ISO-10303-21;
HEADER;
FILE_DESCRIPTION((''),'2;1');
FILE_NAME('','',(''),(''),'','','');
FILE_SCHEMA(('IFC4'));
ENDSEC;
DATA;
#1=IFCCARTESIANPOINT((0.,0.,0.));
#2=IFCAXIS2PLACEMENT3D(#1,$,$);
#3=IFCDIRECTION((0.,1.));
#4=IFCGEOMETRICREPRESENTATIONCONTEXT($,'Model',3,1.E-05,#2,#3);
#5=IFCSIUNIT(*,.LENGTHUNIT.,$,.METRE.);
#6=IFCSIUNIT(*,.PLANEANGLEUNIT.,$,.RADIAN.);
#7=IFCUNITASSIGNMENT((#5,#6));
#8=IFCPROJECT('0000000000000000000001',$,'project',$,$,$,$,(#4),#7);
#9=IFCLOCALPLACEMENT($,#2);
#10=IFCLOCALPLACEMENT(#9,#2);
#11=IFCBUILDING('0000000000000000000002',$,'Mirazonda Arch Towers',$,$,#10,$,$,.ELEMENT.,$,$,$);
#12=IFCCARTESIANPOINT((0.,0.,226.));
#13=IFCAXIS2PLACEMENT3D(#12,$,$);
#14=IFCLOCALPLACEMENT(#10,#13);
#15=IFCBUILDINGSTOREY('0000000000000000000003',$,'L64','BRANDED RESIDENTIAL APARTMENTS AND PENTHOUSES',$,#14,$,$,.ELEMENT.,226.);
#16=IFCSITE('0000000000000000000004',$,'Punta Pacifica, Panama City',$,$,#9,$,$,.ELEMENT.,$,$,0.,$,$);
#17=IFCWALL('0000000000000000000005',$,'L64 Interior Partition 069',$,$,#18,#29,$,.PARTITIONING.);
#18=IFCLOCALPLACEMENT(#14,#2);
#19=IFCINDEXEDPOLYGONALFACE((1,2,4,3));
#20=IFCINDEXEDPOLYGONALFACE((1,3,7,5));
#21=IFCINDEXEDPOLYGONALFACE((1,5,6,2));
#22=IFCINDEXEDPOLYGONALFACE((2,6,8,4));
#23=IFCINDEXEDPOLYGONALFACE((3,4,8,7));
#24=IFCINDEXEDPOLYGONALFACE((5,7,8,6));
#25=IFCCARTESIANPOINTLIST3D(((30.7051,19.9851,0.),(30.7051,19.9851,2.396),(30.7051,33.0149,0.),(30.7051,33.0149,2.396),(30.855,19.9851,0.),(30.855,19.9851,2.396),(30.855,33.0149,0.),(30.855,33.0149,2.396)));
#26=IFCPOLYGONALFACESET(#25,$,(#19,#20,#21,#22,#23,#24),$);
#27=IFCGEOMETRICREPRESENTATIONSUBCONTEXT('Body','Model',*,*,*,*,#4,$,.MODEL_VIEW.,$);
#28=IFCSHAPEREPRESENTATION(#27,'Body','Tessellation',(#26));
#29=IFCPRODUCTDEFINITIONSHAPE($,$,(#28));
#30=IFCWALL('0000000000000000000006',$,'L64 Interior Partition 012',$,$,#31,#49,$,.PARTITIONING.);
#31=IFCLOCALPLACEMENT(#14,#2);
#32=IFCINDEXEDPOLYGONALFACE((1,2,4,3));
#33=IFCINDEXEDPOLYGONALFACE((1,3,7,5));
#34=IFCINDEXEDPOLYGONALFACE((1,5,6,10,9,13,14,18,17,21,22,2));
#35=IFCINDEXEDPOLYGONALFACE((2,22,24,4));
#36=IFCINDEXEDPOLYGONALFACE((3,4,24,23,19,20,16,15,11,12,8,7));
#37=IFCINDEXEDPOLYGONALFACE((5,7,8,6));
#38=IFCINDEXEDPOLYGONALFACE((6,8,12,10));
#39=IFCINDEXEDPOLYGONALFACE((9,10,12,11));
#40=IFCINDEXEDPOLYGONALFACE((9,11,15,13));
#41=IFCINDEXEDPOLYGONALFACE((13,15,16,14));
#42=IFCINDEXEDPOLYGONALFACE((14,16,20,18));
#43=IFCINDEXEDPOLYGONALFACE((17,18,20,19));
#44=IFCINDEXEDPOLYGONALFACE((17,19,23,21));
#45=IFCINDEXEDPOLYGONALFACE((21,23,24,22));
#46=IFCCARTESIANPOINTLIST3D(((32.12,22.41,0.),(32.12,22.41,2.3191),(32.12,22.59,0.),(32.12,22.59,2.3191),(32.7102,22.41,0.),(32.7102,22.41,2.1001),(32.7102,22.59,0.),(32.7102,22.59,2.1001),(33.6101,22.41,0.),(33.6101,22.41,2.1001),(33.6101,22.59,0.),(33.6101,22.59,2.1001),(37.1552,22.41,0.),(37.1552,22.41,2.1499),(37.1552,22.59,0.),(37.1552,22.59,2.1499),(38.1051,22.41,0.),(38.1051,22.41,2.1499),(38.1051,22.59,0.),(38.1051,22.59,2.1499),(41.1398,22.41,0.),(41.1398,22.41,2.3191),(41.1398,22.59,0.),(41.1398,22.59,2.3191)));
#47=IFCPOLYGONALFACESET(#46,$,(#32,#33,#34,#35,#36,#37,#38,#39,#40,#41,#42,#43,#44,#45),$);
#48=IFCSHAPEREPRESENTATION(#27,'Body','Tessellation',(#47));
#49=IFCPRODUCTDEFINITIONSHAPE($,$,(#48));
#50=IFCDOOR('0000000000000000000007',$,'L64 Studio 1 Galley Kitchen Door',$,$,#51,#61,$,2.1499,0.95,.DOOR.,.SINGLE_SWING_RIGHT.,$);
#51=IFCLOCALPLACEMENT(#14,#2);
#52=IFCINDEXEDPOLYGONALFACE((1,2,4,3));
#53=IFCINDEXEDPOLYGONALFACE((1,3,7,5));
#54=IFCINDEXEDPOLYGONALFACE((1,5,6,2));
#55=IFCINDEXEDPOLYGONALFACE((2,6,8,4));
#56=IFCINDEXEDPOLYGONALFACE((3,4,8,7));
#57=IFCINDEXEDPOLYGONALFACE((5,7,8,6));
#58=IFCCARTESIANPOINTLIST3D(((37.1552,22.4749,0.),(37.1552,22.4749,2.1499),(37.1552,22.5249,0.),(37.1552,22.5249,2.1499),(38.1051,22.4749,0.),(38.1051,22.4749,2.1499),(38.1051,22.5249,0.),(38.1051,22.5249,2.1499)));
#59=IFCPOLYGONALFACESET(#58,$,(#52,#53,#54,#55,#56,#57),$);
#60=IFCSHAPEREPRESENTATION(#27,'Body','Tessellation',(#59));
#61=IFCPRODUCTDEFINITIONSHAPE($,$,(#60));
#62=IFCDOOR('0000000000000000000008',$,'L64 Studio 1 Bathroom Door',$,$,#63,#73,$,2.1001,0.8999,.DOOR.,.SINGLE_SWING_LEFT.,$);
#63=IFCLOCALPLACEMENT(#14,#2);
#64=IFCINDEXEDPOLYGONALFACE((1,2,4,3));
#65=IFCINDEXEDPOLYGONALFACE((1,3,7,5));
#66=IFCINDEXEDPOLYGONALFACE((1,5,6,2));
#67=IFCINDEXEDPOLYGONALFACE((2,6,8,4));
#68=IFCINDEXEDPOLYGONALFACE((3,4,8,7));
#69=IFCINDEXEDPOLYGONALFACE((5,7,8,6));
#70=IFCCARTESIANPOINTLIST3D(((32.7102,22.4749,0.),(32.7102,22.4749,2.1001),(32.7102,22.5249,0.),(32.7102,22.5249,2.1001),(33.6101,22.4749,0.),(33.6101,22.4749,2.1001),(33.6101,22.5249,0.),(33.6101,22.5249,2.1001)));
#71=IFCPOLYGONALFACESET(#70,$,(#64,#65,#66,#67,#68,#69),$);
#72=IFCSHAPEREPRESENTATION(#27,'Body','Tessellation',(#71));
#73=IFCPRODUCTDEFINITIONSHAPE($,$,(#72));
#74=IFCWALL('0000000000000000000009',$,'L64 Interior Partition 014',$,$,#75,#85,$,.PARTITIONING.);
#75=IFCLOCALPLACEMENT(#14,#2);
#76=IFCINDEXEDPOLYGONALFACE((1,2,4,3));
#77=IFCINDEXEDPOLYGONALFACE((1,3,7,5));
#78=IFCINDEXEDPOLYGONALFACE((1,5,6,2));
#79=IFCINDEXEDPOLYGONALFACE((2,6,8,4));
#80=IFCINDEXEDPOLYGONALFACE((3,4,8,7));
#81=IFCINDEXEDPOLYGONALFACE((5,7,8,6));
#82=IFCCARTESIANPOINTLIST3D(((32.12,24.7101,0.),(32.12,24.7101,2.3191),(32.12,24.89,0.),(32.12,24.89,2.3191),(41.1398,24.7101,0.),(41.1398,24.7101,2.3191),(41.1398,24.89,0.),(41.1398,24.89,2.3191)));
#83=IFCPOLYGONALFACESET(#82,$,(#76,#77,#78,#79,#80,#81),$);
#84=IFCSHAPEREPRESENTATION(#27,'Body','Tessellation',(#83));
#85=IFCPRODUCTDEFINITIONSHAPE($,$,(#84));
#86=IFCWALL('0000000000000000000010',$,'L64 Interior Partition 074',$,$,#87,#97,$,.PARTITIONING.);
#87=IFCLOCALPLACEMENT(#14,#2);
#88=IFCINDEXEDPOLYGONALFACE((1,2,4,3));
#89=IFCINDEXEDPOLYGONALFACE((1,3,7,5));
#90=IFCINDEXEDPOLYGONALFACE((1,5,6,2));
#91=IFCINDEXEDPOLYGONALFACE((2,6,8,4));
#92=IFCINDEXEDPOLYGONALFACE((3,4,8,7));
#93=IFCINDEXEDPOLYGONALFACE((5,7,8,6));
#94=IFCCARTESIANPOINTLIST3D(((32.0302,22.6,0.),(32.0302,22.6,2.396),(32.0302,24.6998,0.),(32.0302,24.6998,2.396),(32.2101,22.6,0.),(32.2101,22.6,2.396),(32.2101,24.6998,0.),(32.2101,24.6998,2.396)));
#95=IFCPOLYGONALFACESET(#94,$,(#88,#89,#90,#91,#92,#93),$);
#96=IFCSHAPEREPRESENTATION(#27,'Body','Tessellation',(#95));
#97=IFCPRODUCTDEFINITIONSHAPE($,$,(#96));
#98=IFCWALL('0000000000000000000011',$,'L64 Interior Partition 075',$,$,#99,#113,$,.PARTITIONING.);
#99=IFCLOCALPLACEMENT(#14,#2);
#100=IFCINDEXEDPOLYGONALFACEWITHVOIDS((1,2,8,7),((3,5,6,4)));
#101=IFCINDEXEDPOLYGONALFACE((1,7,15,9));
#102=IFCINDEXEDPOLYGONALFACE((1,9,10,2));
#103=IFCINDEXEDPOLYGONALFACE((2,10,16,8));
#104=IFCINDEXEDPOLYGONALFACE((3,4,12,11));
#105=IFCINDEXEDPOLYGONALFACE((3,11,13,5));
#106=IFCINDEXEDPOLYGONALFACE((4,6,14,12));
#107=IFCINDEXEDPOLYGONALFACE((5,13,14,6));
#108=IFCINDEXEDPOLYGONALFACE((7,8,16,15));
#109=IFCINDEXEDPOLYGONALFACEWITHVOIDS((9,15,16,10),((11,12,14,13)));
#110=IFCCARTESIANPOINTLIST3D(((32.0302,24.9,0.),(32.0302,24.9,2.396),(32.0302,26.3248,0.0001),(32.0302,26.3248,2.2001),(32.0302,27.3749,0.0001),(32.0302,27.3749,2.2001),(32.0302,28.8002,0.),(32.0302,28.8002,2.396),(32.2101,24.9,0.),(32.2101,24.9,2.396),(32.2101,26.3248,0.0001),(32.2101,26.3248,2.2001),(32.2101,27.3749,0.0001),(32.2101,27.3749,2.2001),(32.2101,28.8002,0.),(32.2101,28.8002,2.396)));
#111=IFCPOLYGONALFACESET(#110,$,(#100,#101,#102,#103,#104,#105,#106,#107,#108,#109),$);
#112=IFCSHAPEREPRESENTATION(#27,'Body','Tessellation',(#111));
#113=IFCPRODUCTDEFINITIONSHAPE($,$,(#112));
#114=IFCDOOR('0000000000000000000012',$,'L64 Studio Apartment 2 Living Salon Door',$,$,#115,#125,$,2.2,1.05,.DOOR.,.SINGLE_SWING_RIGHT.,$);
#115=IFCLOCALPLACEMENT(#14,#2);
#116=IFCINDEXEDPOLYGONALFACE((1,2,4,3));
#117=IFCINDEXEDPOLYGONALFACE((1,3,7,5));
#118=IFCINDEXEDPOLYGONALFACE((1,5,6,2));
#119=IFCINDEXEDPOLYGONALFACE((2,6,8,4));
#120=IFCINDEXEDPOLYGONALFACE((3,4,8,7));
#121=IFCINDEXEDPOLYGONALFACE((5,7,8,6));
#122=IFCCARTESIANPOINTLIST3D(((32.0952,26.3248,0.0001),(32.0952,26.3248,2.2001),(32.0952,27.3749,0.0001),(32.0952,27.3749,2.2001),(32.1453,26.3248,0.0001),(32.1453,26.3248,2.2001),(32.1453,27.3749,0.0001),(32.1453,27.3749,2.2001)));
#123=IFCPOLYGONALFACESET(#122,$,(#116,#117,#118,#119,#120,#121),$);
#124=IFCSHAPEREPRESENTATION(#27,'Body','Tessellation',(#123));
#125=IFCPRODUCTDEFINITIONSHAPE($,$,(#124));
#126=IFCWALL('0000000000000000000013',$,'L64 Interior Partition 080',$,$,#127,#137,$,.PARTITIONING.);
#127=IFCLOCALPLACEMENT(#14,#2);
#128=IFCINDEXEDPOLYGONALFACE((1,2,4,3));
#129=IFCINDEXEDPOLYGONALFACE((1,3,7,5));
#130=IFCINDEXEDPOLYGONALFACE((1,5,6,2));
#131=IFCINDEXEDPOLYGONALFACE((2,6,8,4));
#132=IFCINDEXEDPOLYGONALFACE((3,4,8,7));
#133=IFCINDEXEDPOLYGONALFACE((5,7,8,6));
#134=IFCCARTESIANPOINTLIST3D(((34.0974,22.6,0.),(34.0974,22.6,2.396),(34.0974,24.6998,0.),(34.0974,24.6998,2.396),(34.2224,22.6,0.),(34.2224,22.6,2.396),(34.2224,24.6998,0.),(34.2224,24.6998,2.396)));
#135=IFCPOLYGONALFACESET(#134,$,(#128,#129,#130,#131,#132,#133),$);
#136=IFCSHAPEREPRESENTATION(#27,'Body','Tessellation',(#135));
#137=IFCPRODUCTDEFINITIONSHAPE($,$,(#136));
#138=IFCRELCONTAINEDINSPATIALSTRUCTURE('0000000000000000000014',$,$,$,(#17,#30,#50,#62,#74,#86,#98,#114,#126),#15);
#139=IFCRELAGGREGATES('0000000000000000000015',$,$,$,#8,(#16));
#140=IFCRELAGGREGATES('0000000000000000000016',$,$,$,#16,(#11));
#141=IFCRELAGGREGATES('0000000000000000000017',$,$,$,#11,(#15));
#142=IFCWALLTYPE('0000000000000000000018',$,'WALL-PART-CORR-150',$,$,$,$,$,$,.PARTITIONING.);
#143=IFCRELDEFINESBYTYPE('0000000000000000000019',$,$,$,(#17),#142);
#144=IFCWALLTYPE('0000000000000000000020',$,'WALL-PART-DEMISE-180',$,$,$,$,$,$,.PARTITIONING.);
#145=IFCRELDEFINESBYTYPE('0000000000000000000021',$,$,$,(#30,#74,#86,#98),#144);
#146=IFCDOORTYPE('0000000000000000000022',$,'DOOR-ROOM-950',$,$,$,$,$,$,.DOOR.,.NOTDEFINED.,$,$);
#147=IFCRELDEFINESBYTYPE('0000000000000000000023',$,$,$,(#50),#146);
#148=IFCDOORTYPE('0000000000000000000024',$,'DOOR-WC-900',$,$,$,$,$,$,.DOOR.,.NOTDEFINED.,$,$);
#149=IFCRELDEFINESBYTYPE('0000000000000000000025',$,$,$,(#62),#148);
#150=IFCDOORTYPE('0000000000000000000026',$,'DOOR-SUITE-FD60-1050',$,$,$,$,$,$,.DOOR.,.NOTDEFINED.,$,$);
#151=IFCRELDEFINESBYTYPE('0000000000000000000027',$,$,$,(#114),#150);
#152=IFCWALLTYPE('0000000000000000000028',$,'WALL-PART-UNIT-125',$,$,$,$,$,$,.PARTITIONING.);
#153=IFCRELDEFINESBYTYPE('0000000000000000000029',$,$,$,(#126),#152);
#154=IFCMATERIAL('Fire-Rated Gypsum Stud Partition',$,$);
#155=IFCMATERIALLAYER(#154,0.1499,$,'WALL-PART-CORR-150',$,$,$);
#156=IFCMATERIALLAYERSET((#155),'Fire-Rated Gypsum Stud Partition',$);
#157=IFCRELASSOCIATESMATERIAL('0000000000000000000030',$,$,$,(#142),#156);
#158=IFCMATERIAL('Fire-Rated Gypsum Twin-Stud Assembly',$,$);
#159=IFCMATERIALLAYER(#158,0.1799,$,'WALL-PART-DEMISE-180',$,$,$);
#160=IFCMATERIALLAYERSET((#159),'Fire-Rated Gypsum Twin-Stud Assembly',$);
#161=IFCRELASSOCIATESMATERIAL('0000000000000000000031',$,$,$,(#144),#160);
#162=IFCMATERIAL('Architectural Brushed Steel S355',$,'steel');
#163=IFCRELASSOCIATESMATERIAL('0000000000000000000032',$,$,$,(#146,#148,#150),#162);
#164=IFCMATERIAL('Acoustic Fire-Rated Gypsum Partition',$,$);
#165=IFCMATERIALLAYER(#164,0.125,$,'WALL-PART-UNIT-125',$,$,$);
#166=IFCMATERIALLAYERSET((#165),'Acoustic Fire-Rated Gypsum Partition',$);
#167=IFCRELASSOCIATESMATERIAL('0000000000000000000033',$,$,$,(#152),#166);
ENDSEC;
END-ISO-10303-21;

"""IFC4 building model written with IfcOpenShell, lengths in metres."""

from ifc_helpers import new_model, si_unit, direction, frame, frame_2d, origin, place, context, subcontext, project, spatial, rectangle, extrude, material, layer, layer_set, type_object, element, fill, save


model = new_model("IFC4")

# Units and contexts
model_context = context("Model", 3, precision=1e-05, world=origin(), true_north=direction((0.0, 1.0)))
body_context = subcontext(model_context, "Body", "Model", "MODEL_VIEW")
ifc_project = project(units=[si_unit("LENGTHUNIT", "METRE"), si_unit("PLANEANGLEUNIT", "RADIAN")], contexts=[model_context])

# Site, building, storey
site_placement = place(None, origin())
site = spatial("IfcSite", under=ifc_project, at=site_placement, Name="Punta Pacifica, Panama City", CompositionType="ELEMENT", RefElevation=0.0)
building_placement = place(site_placement, origin())
building = spatial("IfcBuilding", under=site, at=building_placement, Name="Mirazonda Arch Towers", CompositionType="ELEMENT")
storey_placement = place(building_placement, frame((0.0, 0.0, 226.0)))
storey = spatial("IfcBuildingStorey", under=building, at=storey_placement, Name="L64", Description="BRANDED RESIDENTIAL APARTMENTS AND PENTHOUSES", CompositionType="ELEMENT", Elevation=226.0)

# Wall
ifc_material_1 = material(Name="Fire-Rated Gypsum Stud Partition")
ifc_layer_1 = layer(ifc_material_1, 0.1499, Name="WALL-PART-CORR-150")
ifc_layer_set_1 = layer_set([ifc_layer_1], Name="Fire-Rated Gypsum Stud Partition")
wall_type_1 = type_object("IfcWallType", Name="WALL-PART-CORR-150", PredefinedType="PARTITIONING", material=ifc_layer_set_1)
wall_1_placement = place(storey_placement, frame((30.78, 19.9851, 0.0), z_axis=(0.0, 0.0, 1.0), x_axis=(0.0, 1.0, 0.0)))
element("IfcWall", 1, at=wall_1_placement, inside=storey, type_object=wall_type_1, Name="L64 Interior Partition 069", PredefinedType="PARTITIONING", context=body_context, shape_type="SweptSolid", body=[
    extrude(rectangle(XDim=13.0298, YDim=0.1499, at=frame_2d((6.5149, 0.0))), origin(), (0.0, 0.0, 1.0), 2.396),
])

# Wall, openings, doors
ifc_material_2 = material(Name="Fire-Rated Gypsum Twin-Stud Assembly")
ifc_layer_2 = layer(ifc_material_2, 0.1799, Name="WALL-PART-DEMISE-180")
ifc_layer_set_2 = layer_set([ifc_layer_2], Name="Fire-Rated Gypsum Twin-Stud Assembly")
wall_type_2 = type_object("IfcWallType", Name="WALL-PART-DEMISE-180", PredefinedType="PARTITIONING", material=ifc_layer_set_2)
wall_2_placement = place(storey_placement, frame((32.1201, 22.5, 0.0), z_axis=(0.0, 0.0, 1.0), x_axis=(1.0, 0.0, 0.0)))
wall_2 = element("IfcWall", 2, at=wall_2_placement, inside=storey, type_object=wall_type_2, Name="L64 Interior Partition 012", PredefinedType="PARTITIONING", context=body_context, shape_type="SweptSolid", body=[
    extrude(rectangle(XDim=9.0198, YDim=0.1799, at=frame_2d((4.5098, 0.0))), origin(), (0.0, 0.0, 1.0), 2.3191),
])
opening_1_placement = place(wall_2_placement, frame((5.0349, 0.0, 0.0)))
opening_1 = element("IfcOpeningElement", 3, at=opening_1_placement, cuts=wall_2, PredefinedType="OPENING", context=body_context, shape_type="SweptSolid", body=[
    extrude(rectangle(XDim=0.95, YDim=2.1499, at=frame_2d((0.4751, 1.075))), frame((0.0, 0.0999, 0.0), z_axis=(0.0, -1.0, 0.0), x_axis=(1.0, 0.0, 0.0)), (0.0, 0.0, 1.0), 0.2),
])
opening_2_placement = place(wall_2_placement, frame((0.5901, 0.0, 0.0)))
opening_2 = element("IfcOpeningElement", 4, at=opening_2_placement, cuts=wall_2, PredefinedType="OPENING", context=body_context, shape_type="SweptSolid", body=[
    extrude(rectangle(XDim=0.8999, YDim=2.1001, at=frame_2d((0.45, 1.05))), frame((0.0, 0.0999, 0.0), z_axis=(0.0, -1.0, 0.0), x_axis=(1.0, 0.0, 0.0)), (0.0, 0.0, 1.0), 0.2),
])
ifc_material_3 = material(Name="Architectural Brushed Steel S355", Category="steel")
door_type_1 = type_object("IfcDoorType", Name="DOOR-ROOM-950", OperationType="NOTDEFINED", PredefinedType="DOOR", material=ifc_material_3)
door_1_placement = place(opening_1_placement, origin())
door_1 = element("IfcDoor", 5, at=door_1_placement, inside=storey, type_object=door_type_1, Name="L64 Studio 1 Galley Kitchen Door", OperationType="SINGLE_SWING_RIGHT", OverallHeight=2.1499, OverallWidth=0.95, PredefinedType="DOOR", context=body_context, shape_type="SweptSolid", body=[
    extrude(rectangle(XDim=0.95, YDim=2.1499, at=frame_2d((0.4751, 1.075))), frame((0.0, 0.0249, 0.0), z_axis=(0.0, -1.0, 0.0), x_axis=(1.0, 0.0, 0.0)), (0.0, 0.0, 1.0), 0.05),
])
fill(opening_1, door_1)
door_type_2 = type_object("IfcDoorType", Name="DOOR-WC-900", OperationType="NOTDEFINED", PredefinedType="DOOR", material=ifc_material_3)
door_2_placement = place(opening_2_placement, origin())
door_2 = element("IfcDoor", 6, at=door_2_placement, inside=storey, type_object=door_type_2, Name="L64 Studio 1 Bathroom Door", OperationType="SINGLE_SWING_LEFT", OverallHeight=2.1001, OverallWidth=0.8999, PredefinedType="DOOR", context=body_context, shape_type="SweptSolid", body=[
    extrude(rectangle(XDim=0.8999, YDim=2.1001, at=frame_2d((0.45, 1.05))), frame((0.0, 0.0249, 0.0), z_axis=(0.0, -1.0, 0.0), x_axis=(1.0, 0.0, 0.0)), (0.0, 0.0, 1.0), 0.05),
])
fill(opening_2, door_2)

# Walls
wall_3_placement = place(storey_placement, frame((32.1201, 24.8, 0.0), z_axis=(0.0, 0.0, 1.0), x_axis=(1.0, 0.0, 0.0)))
element("IfcWall", 7, at=wall_3_placement, inside=storey, type_object=wall_type_2, Name="L64 Interior Partition 014", PredefinedType="PARTITIONING", context=body_context, shape_type="SweptSolid", body=[
    extrude(rectangle(XDim=9.0198, YDim=0.1799, at=frame_2d((4.5098, 0.0))), origin(), (0.0, 0.0, 1.0), 2.3191),
])
wall_4_placement = place(storey_placement, frame((32.1201, 22.6001, 0.0), z_axis=(0.0, 0.0, 1.0), x_axis=(0.0, 1.0, 0.0)))
element("IfcWall", 8, at=wall_4_placement, inside=storey, type_object=wall_type_2, Name="L64 Interior Partition 074", PredefinedType="PARTITIONING", context=body_context, shape_type="SweptSolid", body=[
    extrude(rectangle(XDim=2.0999, YDim=0.1799, at=frame_2d((1.0498, 0.0))), origin(), (0.0, 0.0, 1.0), 2.396),
])

# Wall, opening, door
wall_5_placement = place(storey_placement, frame((32.1201, 24.8999, 0.0), z_axis=(0.0, 0.0, 1.0), x_axis=(0.0, 1.0, 0.0)))
wall_5 = element("IfcWall", 9, at=wall_5_placement, inside=storey, type_object=wall_type_2, Name="L64 Interior Partition 075", PredefinedType="PARTITIONING", context=body_context, shape_type="SweptSolid", body=[
    extrude(rectangle(XDim=3.9001, YDim=0.1799, at=frame_2d((1.9502, 0.0))), origin(), (0.0, 0.0, 1.0), 2.396),
])
opening_3_placement = place(wall_5_placement, frame((1.425, 0.0, 0.0)))
opening_3 = element("IfcOpeningElement", 10, at=opening_3_placement, cuts=wall_5, PredefinedType="OPENING", context=body_context, shape_type="SweptSolid", body=[
    extrude(rectangle(XDim=1.05, YDim=2.2, at=frame_2d((0.5249, 1.1001))), frame((0.0, 0.0999, 0.0), z_axis=(0.0, -1.0, 0.0), x_axis=(1.0, 0.0, 0.0)), (0.0, 0.0, 1.0), 0.2),
])
door_type_3 = type_object("IfcDoorType", Name="DOOR-SUITE-FD60-1050", OperationType="NOTDEFINED", PredefinedType="DOOR", material=ifc_material_3)
door_3_placement = place(opening_3_placement, origin())
door_3 = element("IfcDoor", 11, at=door_3_placement, inside=storey, type_object=door_type_3, Name="L64 Studio Apartment 2 Living Salon Door", OperationType="SINGLE_SWING_RIGHT", OverallHeight=2.2, OverallWidth=1.05, PredefinedType="DOOR", context=body_context, shape_type="SweptSolid", body=[
    extrude(rectangle(XDim=1.05, YDim=2.2, at=frame_2d((0.5249, 1.1001))), frame((0.0, 0.0249, 0.0), z_axis=(0.0, -1.0, 0.0), x_axis=(1.0, 0.0, 0.0)), (0.0, 0.0, 1.0), 0.05),
])
fill(opening_3, door_3)

# Wall
ifc_material_4 = material(Name="Acoustic Fire-Rated Gypsum Partition")
ifc_layer_3 = layer(ifc_material_4, 0.125, Name="WALL-PART-UNIT-125")
ifc_layer_set_3 = layer_set([ifc_layer_3], Name="Acoustic Fire-Rated Gypsum Partition")
wall_type_3 = type_object("IfcWallType", Name="WALL-PART-UNIT-125", PredefinedType="PARTITIONING", material=ifc_layer_set_3)
wall_6_placement = place(storey_placement, frame((34.1599, 22.6001, 0.0), z_axis=(0.0, 0.0, 1.0), x_axis=(0.0, 1.0, 0.0)))
element("IfcWall", 12, at=wall_6_placement, inside=storey, type_object=wall_type_3, Name="L64 Interior Partition 080", PredefinedType="PARTITIONING", context=body_context, shape_type="SweptSolid", body=[
    extrude(rectangle(XDim=2.0999, YDim=0.125, at=frame_2d((1.0498, 0.0))), origin(), (0.0, 0.0, 1.0), 2.396),
])

save(model, "model.ifc")
